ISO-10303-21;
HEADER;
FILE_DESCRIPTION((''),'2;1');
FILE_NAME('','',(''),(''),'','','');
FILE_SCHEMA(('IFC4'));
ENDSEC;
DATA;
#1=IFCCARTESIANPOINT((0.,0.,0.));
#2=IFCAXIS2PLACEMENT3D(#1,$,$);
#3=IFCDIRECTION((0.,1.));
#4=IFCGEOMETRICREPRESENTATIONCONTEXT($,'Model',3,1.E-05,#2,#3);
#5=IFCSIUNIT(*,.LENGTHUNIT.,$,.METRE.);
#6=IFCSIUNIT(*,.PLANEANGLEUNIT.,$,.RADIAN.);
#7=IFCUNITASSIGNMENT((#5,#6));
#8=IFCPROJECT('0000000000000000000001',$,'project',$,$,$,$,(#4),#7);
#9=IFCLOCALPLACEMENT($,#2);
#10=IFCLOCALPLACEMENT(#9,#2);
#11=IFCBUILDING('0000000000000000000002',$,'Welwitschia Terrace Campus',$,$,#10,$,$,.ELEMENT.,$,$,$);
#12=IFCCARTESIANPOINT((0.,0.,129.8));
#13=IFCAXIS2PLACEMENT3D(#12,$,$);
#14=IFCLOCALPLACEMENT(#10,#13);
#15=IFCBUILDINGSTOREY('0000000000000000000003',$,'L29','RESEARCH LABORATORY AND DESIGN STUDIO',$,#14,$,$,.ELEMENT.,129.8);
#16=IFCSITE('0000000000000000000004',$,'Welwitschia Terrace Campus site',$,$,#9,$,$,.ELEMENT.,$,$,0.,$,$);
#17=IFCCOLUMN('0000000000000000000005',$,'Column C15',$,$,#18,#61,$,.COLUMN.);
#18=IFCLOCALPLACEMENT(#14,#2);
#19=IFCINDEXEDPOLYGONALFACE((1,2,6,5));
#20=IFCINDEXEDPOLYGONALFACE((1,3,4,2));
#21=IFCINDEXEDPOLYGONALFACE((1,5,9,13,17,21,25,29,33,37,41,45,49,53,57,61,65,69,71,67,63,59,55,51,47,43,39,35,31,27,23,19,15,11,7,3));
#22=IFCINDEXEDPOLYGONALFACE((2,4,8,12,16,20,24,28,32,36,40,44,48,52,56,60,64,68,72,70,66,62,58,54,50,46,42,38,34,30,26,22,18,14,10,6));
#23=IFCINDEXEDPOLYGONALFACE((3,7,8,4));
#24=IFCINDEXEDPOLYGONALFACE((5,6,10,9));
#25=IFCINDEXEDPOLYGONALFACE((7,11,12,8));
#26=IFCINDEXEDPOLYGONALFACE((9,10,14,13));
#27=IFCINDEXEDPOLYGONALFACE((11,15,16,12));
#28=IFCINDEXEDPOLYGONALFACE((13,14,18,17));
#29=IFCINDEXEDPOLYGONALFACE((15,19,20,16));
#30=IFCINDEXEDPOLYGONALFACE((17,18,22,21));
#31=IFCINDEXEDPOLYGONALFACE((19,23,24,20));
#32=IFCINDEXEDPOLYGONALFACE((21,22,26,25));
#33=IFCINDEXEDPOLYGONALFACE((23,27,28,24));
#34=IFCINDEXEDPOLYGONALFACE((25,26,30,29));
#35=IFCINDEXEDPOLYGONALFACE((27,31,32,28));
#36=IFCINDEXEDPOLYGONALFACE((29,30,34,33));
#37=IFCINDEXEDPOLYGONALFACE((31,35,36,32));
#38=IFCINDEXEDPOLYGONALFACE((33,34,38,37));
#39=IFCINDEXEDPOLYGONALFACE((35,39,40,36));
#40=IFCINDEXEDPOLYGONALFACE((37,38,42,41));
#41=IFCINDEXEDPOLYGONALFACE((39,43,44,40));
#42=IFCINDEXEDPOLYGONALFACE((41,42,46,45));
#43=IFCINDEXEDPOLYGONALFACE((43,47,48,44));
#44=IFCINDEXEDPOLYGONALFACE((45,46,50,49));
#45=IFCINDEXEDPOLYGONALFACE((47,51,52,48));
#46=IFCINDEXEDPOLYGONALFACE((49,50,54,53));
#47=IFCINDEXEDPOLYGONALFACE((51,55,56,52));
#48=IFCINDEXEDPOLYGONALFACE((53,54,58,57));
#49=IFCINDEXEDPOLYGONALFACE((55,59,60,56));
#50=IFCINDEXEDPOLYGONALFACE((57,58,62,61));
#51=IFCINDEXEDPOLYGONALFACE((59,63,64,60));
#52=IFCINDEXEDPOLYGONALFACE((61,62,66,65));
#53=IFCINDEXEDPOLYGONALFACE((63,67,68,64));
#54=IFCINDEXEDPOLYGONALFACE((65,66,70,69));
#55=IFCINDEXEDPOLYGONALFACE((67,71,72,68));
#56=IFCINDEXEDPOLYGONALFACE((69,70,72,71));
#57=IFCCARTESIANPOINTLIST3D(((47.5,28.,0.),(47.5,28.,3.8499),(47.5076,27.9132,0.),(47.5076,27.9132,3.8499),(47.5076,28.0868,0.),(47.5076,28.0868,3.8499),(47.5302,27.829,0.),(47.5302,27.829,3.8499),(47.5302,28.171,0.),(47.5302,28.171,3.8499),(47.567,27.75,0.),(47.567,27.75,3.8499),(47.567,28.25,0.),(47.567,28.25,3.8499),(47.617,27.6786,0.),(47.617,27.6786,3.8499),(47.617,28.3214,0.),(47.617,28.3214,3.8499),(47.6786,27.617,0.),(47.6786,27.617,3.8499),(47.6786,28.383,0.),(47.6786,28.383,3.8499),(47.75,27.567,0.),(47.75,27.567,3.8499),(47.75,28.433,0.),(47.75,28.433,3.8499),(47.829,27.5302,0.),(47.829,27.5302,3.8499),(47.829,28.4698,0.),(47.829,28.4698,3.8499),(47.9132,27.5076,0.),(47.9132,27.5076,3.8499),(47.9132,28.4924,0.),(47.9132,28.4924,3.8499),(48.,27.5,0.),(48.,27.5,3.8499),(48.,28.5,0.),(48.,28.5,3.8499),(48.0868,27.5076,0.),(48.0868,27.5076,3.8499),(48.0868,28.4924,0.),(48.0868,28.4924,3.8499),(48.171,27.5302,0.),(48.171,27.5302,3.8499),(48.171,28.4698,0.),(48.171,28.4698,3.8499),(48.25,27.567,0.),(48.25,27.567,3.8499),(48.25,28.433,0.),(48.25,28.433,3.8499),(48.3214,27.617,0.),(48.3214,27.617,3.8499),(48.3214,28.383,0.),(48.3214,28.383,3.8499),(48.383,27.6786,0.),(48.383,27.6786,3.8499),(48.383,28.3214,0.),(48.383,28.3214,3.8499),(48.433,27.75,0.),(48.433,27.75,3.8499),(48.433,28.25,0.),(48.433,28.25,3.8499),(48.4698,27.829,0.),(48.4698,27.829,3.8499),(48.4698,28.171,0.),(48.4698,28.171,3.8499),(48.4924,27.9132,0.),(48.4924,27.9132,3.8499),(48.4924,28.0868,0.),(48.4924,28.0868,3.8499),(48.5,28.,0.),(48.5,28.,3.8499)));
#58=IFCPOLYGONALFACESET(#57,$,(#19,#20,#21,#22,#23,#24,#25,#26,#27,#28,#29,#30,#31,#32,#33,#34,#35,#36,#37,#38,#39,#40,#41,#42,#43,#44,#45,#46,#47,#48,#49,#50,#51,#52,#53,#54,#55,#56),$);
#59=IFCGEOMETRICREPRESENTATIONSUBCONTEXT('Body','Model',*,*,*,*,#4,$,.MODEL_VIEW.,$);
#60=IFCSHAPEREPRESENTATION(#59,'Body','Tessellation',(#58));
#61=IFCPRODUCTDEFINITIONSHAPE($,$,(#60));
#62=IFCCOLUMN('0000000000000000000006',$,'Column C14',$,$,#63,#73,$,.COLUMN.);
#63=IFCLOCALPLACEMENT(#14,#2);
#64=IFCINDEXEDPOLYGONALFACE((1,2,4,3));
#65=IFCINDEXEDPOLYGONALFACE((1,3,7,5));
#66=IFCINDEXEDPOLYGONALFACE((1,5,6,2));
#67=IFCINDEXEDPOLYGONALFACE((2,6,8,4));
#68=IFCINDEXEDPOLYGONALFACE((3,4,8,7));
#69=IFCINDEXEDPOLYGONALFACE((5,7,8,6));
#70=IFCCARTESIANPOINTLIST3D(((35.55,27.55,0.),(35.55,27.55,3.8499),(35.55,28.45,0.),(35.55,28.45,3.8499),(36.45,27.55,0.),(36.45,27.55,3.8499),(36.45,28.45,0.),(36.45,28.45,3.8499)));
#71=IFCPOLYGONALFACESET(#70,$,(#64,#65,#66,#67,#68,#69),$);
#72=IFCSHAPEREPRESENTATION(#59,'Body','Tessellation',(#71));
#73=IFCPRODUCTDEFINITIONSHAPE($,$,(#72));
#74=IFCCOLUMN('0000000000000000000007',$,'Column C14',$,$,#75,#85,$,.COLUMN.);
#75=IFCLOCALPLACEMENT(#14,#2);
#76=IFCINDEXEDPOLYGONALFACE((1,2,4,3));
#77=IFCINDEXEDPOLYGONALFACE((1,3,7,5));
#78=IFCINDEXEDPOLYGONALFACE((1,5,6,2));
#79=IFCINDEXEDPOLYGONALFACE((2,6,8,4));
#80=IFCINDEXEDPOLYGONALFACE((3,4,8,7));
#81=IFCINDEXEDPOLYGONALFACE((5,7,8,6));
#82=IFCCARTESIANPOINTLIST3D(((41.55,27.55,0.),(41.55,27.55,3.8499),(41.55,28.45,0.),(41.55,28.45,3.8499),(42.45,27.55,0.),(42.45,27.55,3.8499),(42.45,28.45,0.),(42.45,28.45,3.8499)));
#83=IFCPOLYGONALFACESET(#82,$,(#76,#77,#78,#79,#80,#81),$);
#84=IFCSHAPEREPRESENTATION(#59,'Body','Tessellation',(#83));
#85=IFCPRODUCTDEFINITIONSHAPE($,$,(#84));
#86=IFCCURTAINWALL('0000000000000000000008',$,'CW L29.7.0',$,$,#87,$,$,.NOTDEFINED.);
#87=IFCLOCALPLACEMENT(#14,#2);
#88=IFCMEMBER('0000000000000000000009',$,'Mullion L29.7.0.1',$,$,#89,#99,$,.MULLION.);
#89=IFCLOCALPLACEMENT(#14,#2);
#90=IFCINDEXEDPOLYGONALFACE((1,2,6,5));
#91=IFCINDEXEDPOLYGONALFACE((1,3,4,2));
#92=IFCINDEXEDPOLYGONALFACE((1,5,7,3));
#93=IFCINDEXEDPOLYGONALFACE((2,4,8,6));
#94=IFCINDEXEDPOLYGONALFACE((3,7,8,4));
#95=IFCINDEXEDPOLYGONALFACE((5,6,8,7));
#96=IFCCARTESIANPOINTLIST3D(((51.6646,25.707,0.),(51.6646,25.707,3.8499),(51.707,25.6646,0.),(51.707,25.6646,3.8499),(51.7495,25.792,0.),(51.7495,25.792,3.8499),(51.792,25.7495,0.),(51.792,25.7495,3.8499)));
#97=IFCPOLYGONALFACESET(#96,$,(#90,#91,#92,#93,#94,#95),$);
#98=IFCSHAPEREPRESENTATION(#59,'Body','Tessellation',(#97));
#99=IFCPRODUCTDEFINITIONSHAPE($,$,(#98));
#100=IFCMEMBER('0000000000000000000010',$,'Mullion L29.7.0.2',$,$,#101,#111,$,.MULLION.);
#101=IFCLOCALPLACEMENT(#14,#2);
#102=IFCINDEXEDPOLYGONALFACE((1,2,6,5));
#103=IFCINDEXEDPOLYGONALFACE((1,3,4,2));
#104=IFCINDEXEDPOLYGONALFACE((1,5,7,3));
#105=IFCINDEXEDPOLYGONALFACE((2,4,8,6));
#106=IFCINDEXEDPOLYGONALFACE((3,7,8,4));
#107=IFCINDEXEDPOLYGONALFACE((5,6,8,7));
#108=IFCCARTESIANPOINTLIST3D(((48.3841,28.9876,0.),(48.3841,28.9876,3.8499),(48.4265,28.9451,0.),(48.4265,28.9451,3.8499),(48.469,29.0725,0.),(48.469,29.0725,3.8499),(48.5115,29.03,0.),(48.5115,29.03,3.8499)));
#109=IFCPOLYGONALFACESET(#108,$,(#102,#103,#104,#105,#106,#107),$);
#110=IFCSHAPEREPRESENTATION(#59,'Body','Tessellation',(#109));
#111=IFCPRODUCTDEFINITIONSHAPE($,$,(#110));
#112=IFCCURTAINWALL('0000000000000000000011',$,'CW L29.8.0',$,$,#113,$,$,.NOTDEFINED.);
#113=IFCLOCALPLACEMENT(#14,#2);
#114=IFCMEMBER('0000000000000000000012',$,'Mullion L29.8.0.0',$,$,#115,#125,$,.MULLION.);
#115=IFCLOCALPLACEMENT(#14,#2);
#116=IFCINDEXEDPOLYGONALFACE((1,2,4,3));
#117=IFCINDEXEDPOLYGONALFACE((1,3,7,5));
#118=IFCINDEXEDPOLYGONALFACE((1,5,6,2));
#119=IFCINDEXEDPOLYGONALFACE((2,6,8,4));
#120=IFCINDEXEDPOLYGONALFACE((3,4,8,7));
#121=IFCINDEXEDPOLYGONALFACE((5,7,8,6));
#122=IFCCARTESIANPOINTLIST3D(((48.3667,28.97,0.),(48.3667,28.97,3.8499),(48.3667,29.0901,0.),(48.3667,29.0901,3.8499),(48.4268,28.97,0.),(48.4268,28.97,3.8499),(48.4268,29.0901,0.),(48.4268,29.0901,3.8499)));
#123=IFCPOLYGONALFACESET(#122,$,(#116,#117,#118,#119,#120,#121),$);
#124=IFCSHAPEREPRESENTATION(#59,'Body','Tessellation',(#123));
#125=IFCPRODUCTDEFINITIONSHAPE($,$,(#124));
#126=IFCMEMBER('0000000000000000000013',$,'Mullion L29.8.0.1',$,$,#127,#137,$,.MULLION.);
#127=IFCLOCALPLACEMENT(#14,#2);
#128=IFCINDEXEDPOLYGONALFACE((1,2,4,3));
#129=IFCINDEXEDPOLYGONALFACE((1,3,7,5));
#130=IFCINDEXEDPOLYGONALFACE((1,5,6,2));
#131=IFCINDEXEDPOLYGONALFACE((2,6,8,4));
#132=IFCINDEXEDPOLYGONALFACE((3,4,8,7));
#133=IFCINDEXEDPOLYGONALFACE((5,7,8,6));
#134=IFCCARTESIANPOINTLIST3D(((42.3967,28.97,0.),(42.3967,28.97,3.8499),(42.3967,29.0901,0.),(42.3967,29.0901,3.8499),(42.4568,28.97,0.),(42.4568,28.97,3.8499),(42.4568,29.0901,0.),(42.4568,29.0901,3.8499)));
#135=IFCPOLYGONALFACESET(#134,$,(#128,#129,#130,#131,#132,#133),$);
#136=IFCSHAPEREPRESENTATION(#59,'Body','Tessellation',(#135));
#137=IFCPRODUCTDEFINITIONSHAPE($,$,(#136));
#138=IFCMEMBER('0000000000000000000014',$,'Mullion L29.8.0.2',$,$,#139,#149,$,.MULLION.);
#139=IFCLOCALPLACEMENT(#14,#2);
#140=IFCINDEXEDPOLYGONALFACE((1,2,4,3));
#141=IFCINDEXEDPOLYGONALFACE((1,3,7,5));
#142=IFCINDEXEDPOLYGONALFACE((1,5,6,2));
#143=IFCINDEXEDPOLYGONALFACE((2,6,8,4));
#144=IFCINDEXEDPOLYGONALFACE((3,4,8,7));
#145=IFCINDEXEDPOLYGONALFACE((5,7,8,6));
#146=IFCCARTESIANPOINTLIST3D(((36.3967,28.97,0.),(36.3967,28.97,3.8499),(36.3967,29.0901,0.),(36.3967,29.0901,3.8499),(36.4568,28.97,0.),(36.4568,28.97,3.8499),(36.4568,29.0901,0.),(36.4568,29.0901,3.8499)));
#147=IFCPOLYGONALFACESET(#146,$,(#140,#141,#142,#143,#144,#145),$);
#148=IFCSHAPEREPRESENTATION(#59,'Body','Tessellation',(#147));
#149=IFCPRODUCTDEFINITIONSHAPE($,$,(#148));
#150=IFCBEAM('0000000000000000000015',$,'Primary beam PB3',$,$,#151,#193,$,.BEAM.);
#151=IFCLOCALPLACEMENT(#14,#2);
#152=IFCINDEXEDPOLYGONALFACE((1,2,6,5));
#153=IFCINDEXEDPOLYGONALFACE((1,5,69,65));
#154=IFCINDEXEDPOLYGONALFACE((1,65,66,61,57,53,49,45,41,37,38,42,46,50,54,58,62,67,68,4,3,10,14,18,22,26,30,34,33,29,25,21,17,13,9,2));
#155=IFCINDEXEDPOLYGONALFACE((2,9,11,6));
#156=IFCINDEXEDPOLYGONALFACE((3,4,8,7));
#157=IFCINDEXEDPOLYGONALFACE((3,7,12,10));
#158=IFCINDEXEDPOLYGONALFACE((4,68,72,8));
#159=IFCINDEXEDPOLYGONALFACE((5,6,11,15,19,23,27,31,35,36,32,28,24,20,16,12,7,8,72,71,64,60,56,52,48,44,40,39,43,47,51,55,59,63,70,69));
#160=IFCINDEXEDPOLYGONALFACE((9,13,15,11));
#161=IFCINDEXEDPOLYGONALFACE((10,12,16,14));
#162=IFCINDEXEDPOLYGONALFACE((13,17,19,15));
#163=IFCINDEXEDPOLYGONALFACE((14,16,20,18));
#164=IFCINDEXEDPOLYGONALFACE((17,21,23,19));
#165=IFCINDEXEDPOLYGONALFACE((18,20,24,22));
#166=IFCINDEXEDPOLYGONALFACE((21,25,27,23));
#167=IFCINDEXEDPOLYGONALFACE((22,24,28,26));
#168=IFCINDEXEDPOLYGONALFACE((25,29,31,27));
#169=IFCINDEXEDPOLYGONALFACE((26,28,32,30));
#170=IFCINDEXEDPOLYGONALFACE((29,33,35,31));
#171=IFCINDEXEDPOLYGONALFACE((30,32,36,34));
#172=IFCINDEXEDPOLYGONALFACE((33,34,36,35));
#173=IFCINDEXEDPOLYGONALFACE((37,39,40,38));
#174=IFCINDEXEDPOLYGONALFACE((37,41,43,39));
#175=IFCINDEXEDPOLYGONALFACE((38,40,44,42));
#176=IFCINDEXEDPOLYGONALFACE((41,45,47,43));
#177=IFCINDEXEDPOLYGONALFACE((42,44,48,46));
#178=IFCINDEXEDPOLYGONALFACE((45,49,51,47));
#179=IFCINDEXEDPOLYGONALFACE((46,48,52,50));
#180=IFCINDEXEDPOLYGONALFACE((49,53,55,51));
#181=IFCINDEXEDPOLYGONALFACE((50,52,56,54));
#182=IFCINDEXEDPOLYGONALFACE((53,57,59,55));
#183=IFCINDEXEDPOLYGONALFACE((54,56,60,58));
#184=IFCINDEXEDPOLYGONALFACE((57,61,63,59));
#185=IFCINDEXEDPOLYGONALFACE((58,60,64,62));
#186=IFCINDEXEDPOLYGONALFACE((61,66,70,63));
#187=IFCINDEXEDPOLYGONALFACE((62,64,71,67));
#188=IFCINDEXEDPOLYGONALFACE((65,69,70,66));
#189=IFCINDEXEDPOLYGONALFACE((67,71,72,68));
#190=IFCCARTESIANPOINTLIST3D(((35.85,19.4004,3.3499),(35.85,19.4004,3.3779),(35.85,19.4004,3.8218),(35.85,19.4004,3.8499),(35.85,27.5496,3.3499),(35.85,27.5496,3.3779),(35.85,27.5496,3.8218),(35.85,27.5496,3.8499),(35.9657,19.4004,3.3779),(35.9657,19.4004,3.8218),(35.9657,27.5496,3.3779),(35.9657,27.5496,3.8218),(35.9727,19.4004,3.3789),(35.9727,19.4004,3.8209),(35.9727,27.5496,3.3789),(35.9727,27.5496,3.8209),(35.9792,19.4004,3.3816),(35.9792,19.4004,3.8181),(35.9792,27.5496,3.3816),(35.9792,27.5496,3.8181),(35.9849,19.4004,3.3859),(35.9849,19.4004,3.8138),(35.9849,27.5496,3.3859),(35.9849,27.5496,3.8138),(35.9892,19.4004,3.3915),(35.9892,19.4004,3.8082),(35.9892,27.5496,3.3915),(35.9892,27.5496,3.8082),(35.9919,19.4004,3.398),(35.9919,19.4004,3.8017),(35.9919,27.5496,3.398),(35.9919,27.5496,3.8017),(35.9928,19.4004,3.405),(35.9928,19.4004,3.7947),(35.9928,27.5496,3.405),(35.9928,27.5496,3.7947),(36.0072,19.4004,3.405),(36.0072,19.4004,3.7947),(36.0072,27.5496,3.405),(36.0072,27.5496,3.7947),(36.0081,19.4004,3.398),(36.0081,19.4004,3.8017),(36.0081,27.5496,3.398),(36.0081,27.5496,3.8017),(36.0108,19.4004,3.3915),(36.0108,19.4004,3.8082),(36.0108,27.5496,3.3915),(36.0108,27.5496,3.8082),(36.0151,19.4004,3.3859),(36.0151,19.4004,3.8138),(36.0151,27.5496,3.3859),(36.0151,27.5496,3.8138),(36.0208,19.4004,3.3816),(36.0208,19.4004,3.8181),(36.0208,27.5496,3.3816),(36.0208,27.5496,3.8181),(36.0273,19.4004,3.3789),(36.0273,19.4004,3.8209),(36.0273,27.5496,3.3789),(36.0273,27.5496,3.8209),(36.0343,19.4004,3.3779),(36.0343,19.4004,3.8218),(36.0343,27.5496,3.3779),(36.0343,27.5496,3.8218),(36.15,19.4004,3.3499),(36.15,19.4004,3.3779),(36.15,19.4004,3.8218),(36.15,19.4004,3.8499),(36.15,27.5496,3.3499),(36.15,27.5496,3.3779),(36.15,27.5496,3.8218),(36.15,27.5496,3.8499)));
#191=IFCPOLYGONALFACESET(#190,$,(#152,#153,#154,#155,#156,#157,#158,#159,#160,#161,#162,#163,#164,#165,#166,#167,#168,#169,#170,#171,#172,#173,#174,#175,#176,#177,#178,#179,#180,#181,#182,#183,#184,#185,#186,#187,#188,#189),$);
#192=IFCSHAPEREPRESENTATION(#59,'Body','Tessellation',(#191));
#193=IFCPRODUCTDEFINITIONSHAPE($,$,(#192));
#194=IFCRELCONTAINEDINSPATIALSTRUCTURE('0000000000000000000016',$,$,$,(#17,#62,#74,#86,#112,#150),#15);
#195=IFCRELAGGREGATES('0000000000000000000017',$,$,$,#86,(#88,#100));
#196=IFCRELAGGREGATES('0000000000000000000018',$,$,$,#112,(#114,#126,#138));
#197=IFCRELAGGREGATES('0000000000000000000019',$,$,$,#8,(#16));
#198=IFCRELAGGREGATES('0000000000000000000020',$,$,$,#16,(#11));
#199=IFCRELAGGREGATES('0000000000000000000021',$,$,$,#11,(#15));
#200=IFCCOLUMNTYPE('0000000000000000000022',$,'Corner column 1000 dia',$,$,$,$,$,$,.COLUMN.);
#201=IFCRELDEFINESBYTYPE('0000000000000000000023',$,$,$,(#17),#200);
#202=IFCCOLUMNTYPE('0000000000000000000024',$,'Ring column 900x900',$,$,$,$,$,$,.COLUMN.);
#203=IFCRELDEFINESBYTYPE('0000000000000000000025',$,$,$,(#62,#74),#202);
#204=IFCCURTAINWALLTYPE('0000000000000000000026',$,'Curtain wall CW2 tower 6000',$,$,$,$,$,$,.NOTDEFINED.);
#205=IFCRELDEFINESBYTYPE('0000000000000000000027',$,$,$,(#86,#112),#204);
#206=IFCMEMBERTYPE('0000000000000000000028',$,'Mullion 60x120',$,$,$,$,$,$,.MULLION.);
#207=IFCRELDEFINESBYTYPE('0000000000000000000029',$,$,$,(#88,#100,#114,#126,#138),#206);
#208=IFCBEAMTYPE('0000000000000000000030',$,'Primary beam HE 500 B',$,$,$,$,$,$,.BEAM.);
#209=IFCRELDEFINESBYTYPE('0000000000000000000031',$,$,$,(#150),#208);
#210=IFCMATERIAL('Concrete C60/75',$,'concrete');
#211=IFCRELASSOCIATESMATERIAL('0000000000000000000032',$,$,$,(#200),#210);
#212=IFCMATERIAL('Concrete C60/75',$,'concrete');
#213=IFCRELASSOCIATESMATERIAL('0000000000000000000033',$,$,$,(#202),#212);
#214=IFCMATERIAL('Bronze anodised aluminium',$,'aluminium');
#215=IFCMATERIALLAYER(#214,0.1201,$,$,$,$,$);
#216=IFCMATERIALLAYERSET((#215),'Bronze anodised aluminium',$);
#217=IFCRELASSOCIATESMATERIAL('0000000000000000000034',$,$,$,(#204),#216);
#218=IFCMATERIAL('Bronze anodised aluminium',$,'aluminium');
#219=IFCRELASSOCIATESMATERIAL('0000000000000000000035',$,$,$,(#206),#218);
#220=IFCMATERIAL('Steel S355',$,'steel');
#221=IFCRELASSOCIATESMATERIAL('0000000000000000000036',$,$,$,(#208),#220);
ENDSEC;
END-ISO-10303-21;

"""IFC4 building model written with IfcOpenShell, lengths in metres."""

from ifc_helpers import new_model, si_unit, direction, frame, origin, origin_2d, place, context, subcontext, project, spatial, rectangle, circle, i_section, extrude, material, layer, layer_set, material_profile, profile_set, type_object, element, aggregate, save


model = new_model("IFC4")

# Units and contexts
model_context = context("Model", 3, precision=1e-05, world=origin(), true_north=direction((0.0, 1.0)))
body_context = subcontext(model_context, "Body", "Model", "MODEL_VIEW")
ifc_project = project(units=[si_unit("LENGTHUNIT", "METRE"), si_unit("PLANEANGLEUNIT", "RADIAN")], contexts=[model_context])

# Site, building, storey
site_placement = place(None, origin())
site = spatial("IfcSite", under=ifc_project, at=site_placement, Name="Welwitschia Terrace Campus site", CompositionType="ELEMENT", RefElevation=0.0)
building_placement = place(site_placement, origin())
building = spatial("IfcBuilding", under=site, at=building_placement, Name="Welwitschia Terrace Campus", CompositionType="ELEMENT")
storey_placement = place(building_placement, frame((0.0, 0.0, 129.8)))
storey = spatial("IfcBuildingStorey", under=building, at=storey_placement, Name="L29", Description="RESEARCH LABORATORY AND DESIGN STUDIO", CompositionType="ELEMENT", Elevation=129.8)

# Columns
ifc_material_1 = material(Name="Concrete C60/75", Category="concrete")
ifc_material_profile_1 = material_profile(ifc_material_1, circle(Radius=0.5, at=origin_2d()))
ifc_profile_set_1 = profile_set([ifc_material_profile_1], Name="Concrete C60/75")
column_type_1 = type_object("IfcColumnType", Name="Corner column 1000 dia", PredefinedType="COLUMN", material=ifc_profile_set_1)
column_placement = place(storey_placement, frame((48.0, 28.0, 0.0), z_axis=(0.0, 0.0, 1.0), x_axis=(1.0, 0.0, 0.0)))
element("IfcColumn", 1, at=column_placement, inside=storey, type_object=column_type_1, Name="Column C15", PredefinedType="COLUMN", context=body_context, shape_type="SweptSolid", body=[
    extrude(circle(Radius=0.5, at=origin_2d()), origin(), (0.0, 0.0, 1.0), 3.8499),
])
ifc_material_2 = material(Name="Concrete C60/75", Category="concrete")
ifc_material_profile_2 = material_profile(ifc_material_2, rectangle(XDim=0.8999, YDim=0.8999, at=origin_2d()))
ifc_profile_set_2 = profile_set([ifc_material_profile_2], Name="Concrete C60/75")
column_type_2 = type_object("IfcColumnType", Name="Ring column 900x900", PredefinedType="COLUMN", material=ifc_profile_set_2)
for number, where, z_axis, x_axis, name in (
    (2, (36.0, 28.0, 0.0), (0.0, 0.0, 1.0), (1.0, 0.0, 0.0), "Column C14"),
    (3, (42.0, 28.0, 0.0), (0.0, 0.0, 1.0), (1.0, 0.0, 0.0), "Column C14"),
):
    element("IfcColumn", number, at=place(storey_placement, frame(where, z_axis=z_axis, x_axis=x_axis)), inside=storey, type_object=column_type_2, Name=name, PredefinedType="COLUMN", context=body_context, shape_type="SweptSolid", body=[
        extrude(rectangle(XDim=0.8999, YDim=0.8999, at=origin_2d()), origin(), (0.0, 0.0, 1.0), 3.8499),
    ])

# Curtain walls, members
ifc_material_3 = material(Name="Bronze anodised aluminium", Category="aluminium")
ifc_layer_1 = layer(ifc_material_3, 0.1201)
ifc_layer_set_1 = layer_set([ifc_layer_1], Name="Bronze anodised aluminium")
curtain_wall_type = type_object("IfcCurtainWallType", Name="Curtain wall CW2 tower 6000", PredefinedType="NOTDEFINED", material=ifc_layer_set_1)
curtain_wall_1_placement = place(storey_placement, origin())
curtain_wall_1 = element("IfcCurtainWall", 4, at=curtain_wall_1_placement, inside=storey, type_object=curtain_wall_type, Name="CW L29.7.0", PredefinedType="NOTDEFINED")
ifc_material_4 = material(Name="Bronze anodised aluminium", Category="aluminium")
ifc_material_profile_3 = material_profile(ifc_material_4, rectangle(XDim=0.1201, YDim=0.0601, at=origin_2d()))
ifc_profile_set_3 = profile_set([ifc_material_profile_3], Name="Bronze anodised aluminium")
member_type_1 = type_object("IfcMemberType", Name="Mullion 60x120", PredefinedType="MULLION", material=ifc_profile_set_3)
member_1_placement = place(storey_placement, frame((51.7283, 25.7283, 0.0), z_axis=(0.0, 0.0, 1.0), x_axis=(-0.707107, -0.707107, 0.0)))
member_1 = element("IfcMember", 5, at=member_1_placement, type_object=member_type_1, Name="Mullion L29.7.0.1", PredefinedType="MULLION", context=body_context, shape_type="SweptSolid", body=[
    extrude(rectangle(XDim=0.1201, YDim=0.0601, at=origin_2d()), origin(), (0.0, 0.0, 1.0), 3.8499),
])
member_2_placement = place(storey_placement, frame((48.4478, 29.0088, 0.0), z_axis=(0.0, 0.0, 1.0), x_axis=(-0.707107, -0.707107, 0.0)))
member_2 = element("IfcMember", 6, at=member_2_placement, type_object=member_type_1, Name="Mullion L29.7.0.2", PredefinedType="MULLION", context=body_context, shape_type="SweptSolid", body=[
    extrude(rectangle(XDim=0.1201, YDim=0.0601, at=origin_2d()), origin(), (0.0, 0.0, 1.0), 3.8499),
])
curtain_wall_2_placement = place(storey_placement, origin())
curtain_wall_2 = element("IfcCurtainWall", 7, at=curtain_wall_2_placement, inside=storey, type_object=curtain_wall_type, Name="CW L29.8.0", PredefinedType="NOTDEFINED")
member_3_placement = place(storey_placement, frame((48.3967, 29.03, 0.0), z_axis=(0.0, 0.0, 1.0), x_axis=(0.0, -1.0, 0.0)))
member_3 = element("IfcMember", 8, at=member_3_placement, type_object=member_type_1, Name="Mullion L29.8.0.0", PredefinedType="MULLION", context=body_context, shape_type="SweptSolid", body=[
    extrude(rectangle(XDim=0.1201, YDim=0.0601, at=origin_2d()), origin(), (0.0, 0.0, 1.0), 3.8499),
])
member_4_placement = place(storey_placement, frame((42.4268, 29.03, 0.0), z_axis=(0.0, 0.0, 1.0), x_axis=(0.0, -1.0, 0.0)))
member_4 = element("IfcMember", 9, at=member_4_placement, type_object=member_type_1, Name="Mullion L29.8.0.1", PredefinedType="MULLION", context=body_context, shape_type="SweptSolid", body=[
    extrude(rectangle(XDim=0.1201, YDim=0.0601, at=origin_2d()), origin(), (0.0, 0.0, 1.0), 3.8499),
])
member_5_placement = place(storey_placement, frame((36.4268, 29.03, 0.0), z_axis=(0.0, 0.0, 1.0), x_axis=(0.0, -1.0, 0.0)))
member_5 = element("IfcMember", 10, at=member_5_placement, type_object=member_type_1, Name="Mullion L29.8.0.2", PredefinedType="MULLION", context=body_context, shape_type="SweptSolid", body=[
    extrude(rectangle(XDim=0.1201, YDim=0.0601, at=origin_2d()), origin(), (0.0, 0.0, 1.0), 3.8499),
])

# Beam
ifc_material_5 = material(Name="Steel S355", Category="steel")
ifc_material_profile_4 = material_profile(ifc_material_5, i_section(OverallWidth=0.3, OverallDepth=0.5, WebThickness=0.0144, FlangeThickness=0.0281, FilletRadius=0.0271, at=origin_2d()))
ifc_profile_set_4 = profile_set([ifc_material_profile_4], Name="Steel S355")
beam_type_1 = type_object("IfcBeamType", Name="Primary beam HE 500 B", PredefinedType="BEAM", material=ifc_profile_set_4)
beam_1_placement = place(storey_placement, frame((36.0, 27.5496, 3.5999), z_axis=(0.0, -1.0, 0.0), x_axis=(1.0, 0.0, 0.0)))
element("IfcBeam", 11, at=beam_1_placement, inside=storey, type_object=beam_type_1, Name="Primary beam PB3", PredefinedType="BEAM", context=body_context, shape_type="SweptSolid", body=[
    extrude(i_section(OverallWidth=0.3, OverallDepth=0.5, WebThickness=0.0144, FlangeThickness=0.0281, FilletRadius=0.0271, at=origin_2d()), origin(), (0.0, 0.0, 1.0), 8.1492),
])

aggregate(curtain_wall_1, [member_1, member_2])
aggregate(curtain_wall_2, [member_3, member_4, member_5])

save(model, "model.ifc")
